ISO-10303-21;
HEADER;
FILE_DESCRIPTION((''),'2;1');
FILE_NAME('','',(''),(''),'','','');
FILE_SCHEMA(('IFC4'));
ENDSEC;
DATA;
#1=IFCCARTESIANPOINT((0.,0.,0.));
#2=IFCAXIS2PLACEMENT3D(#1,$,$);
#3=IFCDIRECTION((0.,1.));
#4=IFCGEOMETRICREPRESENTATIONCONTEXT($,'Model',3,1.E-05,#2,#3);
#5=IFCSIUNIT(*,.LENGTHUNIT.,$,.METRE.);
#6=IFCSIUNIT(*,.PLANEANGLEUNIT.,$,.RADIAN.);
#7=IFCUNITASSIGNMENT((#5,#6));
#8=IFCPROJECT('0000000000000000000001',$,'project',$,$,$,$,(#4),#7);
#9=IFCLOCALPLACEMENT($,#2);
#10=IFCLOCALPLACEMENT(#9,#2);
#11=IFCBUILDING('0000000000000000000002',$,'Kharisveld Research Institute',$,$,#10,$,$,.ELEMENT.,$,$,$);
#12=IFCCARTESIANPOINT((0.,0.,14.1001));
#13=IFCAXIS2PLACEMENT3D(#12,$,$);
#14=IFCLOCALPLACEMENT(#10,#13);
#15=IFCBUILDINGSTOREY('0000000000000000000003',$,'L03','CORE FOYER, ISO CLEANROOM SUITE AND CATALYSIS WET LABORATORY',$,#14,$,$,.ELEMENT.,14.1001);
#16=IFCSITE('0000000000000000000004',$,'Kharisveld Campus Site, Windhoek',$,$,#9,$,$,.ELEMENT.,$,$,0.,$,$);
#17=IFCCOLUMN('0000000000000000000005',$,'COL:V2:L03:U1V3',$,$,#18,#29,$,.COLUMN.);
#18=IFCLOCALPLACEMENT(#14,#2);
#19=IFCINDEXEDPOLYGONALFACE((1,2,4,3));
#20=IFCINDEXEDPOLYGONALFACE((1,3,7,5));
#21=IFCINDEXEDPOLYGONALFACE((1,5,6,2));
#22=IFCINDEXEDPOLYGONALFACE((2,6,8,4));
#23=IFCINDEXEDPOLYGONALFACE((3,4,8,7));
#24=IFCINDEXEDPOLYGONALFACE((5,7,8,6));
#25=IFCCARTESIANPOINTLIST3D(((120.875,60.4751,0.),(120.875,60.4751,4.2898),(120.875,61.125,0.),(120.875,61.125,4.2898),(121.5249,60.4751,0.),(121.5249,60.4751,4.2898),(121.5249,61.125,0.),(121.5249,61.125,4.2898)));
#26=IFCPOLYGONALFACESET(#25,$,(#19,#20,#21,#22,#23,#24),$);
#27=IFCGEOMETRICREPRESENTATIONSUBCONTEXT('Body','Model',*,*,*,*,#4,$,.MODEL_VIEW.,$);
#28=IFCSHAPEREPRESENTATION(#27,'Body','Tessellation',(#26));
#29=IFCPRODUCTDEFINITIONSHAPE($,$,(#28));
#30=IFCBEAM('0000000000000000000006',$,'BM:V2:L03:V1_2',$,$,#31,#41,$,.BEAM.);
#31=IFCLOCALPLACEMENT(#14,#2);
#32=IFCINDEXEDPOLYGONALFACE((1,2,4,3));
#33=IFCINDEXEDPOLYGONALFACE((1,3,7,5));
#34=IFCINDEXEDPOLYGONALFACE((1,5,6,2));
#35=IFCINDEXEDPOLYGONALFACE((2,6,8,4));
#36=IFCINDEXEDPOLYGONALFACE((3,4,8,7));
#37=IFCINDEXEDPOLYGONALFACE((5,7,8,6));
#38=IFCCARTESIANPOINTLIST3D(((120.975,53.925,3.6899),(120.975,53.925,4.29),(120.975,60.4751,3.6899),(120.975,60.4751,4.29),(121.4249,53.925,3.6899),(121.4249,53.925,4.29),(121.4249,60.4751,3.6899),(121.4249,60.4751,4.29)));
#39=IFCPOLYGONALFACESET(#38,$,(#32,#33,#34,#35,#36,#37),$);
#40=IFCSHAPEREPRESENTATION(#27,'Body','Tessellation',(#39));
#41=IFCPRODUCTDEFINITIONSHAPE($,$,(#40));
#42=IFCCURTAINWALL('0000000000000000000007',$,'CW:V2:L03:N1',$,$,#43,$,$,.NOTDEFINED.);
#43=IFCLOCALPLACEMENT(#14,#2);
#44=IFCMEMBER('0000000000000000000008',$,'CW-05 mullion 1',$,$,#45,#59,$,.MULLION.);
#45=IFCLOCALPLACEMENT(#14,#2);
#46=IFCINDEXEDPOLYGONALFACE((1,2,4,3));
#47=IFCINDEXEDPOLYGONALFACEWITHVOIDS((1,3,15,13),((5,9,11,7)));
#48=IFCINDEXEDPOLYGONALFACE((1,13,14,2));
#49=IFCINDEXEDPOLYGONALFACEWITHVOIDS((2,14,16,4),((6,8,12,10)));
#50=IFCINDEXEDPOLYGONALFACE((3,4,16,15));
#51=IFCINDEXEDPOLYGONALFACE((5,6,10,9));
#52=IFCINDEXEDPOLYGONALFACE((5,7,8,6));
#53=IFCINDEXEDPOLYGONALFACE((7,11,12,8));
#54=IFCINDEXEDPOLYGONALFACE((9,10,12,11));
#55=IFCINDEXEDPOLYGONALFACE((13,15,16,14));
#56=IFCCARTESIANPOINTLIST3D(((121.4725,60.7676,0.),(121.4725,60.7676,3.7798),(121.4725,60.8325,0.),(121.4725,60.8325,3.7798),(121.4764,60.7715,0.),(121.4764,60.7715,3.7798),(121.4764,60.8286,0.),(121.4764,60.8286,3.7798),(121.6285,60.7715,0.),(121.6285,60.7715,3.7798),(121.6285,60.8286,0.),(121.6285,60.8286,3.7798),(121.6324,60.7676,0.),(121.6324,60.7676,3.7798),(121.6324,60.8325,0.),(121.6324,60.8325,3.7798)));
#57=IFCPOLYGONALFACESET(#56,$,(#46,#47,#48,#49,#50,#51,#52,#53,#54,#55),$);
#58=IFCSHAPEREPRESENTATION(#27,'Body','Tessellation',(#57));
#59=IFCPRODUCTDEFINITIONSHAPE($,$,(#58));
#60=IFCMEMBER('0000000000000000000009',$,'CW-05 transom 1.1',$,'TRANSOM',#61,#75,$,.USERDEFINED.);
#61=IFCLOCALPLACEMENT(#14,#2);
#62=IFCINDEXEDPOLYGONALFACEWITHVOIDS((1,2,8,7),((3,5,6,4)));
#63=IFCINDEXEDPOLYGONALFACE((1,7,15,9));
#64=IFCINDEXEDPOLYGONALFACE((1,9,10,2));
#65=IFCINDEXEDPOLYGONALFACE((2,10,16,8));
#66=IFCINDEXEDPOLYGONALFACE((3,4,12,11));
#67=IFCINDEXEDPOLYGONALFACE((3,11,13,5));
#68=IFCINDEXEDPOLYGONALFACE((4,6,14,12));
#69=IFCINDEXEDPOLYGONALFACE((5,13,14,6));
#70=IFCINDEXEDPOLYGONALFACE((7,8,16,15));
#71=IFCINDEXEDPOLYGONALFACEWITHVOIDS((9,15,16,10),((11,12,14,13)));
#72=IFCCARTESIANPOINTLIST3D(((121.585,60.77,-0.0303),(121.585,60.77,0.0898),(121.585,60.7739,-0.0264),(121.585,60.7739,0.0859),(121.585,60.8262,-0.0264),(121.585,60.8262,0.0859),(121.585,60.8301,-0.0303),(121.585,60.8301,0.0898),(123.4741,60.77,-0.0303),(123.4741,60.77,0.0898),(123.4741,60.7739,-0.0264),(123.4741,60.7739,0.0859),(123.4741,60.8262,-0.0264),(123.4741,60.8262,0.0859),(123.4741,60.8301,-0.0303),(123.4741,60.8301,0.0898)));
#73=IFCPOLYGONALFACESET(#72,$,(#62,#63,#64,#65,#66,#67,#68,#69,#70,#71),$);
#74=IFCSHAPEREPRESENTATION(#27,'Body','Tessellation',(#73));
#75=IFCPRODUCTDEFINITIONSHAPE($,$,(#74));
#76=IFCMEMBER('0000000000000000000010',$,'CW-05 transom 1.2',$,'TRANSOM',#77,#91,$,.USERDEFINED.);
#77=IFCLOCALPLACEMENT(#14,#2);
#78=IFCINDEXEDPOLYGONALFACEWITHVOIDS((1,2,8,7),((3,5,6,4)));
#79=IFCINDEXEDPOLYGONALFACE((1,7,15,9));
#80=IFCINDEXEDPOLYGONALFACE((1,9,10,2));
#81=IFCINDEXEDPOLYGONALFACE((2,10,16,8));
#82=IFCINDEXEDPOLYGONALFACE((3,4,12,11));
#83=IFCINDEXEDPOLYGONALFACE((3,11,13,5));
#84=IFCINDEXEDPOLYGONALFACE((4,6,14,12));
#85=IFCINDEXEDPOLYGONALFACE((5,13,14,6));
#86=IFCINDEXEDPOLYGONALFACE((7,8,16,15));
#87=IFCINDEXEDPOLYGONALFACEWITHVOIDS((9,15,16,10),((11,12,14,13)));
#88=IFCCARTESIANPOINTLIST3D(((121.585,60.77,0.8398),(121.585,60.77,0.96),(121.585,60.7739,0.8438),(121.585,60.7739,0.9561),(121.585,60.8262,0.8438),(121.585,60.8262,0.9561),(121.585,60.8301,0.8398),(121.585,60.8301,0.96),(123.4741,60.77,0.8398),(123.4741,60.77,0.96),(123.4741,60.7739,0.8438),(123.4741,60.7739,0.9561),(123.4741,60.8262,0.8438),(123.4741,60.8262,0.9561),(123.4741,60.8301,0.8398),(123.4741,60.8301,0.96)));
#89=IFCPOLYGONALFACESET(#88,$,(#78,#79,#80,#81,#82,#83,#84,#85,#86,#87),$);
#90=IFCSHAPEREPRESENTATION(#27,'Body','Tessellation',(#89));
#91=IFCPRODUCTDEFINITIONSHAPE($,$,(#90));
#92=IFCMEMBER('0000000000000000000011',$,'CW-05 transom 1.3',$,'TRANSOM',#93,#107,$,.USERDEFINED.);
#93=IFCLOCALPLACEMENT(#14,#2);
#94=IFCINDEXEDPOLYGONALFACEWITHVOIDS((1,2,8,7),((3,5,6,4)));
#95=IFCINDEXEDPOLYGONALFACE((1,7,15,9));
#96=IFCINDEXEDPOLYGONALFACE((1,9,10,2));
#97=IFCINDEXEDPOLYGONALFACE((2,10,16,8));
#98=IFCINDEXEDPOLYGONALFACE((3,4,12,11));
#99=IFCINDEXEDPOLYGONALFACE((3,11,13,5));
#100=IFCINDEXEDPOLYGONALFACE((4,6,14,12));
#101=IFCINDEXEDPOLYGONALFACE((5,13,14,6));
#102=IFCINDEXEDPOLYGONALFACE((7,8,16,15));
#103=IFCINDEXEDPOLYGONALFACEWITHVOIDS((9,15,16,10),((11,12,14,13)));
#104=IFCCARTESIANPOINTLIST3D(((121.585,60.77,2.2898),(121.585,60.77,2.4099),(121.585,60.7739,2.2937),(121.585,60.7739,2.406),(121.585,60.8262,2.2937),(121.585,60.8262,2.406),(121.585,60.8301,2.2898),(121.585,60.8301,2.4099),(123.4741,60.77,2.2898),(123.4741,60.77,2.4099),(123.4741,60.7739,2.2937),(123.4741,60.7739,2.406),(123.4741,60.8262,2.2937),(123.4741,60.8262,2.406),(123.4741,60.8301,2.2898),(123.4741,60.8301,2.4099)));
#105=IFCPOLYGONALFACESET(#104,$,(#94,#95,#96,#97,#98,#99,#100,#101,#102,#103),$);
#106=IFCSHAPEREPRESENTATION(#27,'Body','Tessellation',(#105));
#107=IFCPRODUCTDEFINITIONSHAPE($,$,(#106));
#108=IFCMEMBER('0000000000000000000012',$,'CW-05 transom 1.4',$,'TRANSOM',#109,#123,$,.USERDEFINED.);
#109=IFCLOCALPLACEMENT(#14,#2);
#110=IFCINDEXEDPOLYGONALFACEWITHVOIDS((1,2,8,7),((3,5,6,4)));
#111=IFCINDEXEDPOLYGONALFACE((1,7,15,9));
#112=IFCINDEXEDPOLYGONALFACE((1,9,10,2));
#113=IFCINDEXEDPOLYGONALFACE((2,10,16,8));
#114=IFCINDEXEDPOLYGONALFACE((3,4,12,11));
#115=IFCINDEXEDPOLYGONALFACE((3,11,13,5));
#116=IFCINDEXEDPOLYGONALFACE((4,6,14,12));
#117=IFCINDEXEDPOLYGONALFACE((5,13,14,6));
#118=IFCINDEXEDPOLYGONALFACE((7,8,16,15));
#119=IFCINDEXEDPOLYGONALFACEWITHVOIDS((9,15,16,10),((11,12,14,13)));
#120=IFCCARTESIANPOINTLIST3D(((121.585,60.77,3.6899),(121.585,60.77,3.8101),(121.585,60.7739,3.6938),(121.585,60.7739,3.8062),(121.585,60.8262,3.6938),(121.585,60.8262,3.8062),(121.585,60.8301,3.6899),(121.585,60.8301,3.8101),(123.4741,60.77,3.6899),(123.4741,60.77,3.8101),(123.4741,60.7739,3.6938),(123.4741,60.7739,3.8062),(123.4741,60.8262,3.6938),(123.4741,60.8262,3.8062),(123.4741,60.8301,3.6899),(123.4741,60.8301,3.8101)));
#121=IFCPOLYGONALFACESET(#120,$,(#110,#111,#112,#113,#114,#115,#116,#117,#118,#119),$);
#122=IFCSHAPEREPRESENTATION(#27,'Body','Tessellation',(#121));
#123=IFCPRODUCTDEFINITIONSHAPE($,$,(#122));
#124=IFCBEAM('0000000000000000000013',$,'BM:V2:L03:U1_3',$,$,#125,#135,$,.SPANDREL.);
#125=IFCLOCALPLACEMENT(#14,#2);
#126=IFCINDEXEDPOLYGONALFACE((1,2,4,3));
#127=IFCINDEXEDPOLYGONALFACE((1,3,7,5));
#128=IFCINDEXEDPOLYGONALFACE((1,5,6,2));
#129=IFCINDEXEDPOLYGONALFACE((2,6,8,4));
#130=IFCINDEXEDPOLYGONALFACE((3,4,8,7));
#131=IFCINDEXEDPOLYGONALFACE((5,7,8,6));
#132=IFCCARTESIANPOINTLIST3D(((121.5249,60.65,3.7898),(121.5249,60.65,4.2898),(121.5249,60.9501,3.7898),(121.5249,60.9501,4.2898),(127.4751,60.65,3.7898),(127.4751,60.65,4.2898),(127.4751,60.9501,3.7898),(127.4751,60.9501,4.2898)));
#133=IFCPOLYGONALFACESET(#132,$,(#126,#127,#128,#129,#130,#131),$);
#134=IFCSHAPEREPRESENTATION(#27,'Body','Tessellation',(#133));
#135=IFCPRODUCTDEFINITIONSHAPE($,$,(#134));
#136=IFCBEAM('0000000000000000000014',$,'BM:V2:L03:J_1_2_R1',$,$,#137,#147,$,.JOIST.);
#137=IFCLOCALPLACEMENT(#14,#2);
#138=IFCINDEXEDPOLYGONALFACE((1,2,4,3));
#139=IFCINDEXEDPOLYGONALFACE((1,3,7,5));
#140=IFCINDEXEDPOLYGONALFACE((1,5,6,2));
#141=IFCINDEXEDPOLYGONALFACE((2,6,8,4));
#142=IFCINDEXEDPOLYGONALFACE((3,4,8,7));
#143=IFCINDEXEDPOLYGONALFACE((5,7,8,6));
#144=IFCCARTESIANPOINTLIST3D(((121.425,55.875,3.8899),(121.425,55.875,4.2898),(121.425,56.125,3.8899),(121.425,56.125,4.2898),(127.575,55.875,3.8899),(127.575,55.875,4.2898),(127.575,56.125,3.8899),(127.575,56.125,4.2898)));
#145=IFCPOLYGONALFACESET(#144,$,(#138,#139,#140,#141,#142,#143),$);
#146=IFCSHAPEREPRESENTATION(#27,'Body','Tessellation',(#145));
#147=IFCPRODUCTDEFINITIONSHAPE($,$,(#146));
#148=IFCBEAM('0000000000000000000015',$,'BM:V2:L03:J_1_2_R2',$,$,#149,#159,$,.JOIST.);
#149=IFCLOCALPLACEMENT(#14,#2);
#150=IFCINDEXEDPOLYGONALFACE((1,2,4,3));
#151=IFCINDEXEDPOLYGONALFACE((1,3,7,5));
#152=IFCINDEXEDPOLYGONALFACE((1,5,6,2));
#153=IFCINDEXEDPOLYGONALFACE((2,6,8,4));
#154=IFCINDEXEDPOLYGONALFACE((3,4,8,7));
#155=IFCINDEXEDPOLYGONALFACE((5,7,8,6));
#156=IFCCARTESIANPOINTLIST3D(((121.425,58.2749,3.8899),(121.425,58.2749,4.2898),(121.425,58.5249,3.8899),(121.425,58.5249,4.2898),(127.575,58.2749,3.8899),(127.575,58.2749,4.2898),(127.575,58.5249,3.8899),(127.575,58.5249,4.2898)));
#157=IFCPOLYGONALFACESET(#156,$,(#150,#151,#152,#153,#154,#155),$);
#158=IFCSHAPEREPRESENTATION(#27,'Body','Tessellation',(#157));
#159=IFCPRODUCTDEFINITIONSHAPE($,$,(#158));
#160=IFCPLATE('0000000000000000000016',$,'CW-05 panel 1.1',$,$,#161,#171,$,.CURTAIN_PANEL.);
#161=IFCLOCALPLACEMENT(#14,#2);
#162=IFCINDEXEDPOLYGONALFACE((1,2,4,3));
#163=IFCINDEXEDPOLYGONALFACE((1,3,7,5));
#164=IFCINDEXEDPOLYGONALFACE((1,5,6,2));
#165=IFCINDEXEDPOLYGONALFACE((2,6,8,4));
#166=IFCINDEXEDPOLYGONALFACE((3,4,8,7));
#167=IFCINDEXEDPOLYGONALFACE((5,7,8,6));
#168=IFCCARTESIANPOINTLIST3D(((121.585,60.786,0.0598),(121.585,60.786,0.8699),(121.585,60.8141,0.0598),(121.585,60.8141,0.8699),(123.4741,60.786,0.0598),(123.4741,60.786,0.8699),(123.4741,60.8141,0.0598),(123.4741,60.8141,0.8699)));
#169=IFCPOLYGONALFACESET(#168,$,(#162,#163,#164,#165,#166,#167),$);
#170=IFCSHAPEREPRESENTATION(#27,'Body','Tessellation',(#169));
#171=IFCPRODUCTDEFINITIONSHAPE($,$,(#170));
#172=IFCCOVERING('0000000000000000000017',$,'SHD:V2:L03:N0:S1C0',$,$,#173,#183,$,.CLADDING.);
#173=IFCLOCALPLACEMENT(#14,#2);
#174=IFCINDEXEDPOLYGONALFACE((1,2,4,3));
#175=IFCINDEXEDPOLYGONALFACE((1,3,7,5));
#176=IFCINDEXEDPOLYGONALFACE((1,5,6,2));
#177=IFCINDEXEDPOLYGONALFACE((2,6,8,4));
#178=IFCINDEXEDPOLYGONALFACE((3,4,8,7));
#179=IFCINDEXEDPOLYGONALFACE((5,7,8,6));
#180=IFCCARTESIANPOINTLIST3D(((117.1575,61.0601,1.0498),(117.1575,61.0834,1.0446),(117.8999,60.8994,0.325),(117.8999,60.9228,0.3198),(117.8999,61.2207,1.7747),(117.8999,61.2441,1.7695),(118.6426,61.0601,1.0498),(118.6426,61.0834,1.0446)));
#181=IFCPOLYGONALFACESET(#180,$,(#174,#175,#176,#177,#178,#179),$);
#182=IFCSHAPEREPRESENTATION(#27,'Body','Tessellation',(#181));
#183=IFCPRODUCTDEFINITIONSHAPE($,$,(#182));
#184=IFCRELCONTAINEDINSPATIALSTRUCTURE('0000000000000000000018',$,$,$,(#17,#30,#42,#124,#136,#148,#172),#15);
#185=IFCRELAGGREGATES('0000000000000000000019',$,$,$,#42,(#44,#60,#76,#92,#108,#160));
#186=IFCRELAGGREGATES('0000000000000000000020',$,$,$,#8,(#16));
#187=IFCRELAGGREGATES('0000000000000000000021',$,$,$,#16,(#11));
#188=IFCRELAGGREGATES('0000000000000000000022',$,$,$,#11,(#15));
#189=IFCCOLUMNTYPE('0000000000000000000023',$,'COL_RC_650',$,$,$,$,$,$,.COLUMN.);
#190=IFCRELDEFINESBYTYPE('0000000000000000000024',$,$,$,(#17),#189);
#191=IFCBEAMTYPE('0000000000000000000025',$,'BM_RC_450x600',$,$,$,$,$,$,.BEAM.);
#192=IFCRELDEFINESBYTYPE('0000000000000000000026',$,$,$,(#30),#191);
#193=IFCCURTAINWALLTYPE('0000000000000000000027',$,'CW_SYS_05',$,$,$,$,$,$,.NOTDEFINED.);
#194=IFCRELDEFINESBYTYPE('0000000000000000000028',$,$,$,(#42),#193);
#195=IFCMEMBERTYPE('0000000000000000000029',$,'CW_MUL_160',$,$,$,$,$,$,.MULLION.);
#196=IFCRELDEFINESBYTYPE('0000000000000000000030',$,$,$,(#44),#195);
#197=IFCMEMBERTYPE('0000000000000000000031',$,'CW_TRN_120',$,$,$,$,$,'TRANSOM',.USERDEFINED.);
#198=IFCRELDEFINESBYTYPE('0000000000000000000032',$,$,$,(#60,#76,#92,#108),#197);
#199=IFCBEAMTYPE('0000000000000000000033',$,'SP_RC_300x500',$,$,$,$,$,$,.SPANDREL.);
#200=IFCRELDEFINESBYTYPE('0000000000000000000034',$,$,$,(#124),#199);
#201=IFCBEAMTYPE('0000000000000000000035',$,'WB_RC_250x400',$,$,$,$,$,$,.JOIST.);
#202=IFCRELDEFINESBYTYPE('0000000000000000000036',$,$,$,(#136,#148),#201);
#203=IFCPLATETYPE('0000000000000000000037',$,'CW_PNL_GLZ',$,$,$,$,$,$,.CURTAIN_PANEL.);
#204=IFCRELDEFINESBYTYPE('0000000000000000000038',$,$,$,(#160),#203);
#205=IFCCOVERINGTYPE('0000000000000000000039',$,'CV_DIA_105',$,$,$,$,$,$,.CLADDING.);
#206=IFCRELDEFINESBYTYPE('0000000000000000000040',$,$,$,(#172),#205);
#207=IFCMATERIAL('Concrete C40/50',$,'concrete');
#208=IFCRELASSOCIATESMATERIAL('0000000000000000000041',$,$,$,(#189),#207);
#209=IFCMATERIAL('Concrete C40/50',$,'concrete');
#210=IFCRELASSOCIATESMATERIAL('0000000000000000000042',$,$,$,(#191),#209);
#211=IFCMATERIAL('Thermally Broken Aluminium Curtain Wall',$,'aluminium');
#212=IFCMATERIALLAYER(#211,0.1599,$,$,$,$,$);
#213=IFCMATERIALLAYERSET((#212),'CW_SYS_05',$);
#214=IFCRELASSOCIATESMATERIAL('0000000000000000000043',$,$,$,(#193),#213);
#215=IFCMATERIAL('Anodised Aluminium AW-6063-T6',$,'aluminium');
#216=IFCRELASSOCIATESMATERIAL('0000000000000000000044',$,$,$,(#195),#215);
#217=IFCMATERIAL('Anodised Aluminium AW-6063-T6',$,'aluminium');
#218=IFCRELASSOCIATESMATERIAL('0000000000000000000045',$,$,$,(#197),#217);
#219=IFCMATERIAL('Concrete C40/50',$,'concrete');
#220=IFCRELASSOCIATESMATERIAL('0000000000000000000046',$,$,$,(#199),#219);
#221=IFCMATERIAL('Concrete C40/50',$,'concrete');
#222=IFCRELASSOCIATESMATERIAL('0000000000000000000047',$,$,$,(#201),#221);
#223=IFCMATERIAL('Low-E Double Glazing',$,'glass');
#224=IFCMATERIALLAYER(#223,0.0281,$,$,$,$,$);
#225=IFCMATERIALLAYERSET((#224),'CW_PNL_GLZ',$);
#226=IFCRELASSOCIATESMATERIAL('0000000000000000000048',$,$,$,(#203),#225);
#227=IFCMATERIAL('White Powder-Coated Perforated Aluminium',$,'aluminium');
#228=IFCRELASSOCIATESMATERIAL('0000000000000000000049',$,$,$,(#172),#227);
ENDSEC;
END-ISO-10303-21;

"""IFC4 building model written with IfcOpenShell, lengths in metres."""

from ifc_helpers import new_model, si_unit, direction, frame, origin, origin_2d, place, context, subcontext, project, spatial, polyline, rectangle, hollow_rectangle, outline, extrude, material, layer, layer_set, material_profile, profile_set, type_object, element, aggregate, save


model = new_model("IFC4")

# Units and contexts
model_context = context("Model", 3, precision=1e-05, world=origin(), true_north=direction((0.0, 1.0)))
body_context = subcontext(model_context, "Body", "Model", "MODEL_VIEW")
ifc_project = project(units=[si_unit("LENGTHUNIT", "METRE"), si_unit("PLANEANGLEUNIT", "RADIAN")], contexts=[model_context])

# Site, building, storey
site_placement = place(None, origin())
site = spatial("IfcSite", under=ifc_project, at=site_placement, Name="Kharisveld Campus Site, Windhoek", CompositionType="ELEMENT", RefElevation=0.0)
building_placement = place(site_placement, origin())
building = spatial("IfcBuilding", under=site, at=building_placement, Name="Kharisveld Research Institute", CompositionType="ELEMENT")
storey_placement = place(building_placement, frame((0.0, 0.0, 14.1001)))
storey = spatial("IfcBuildingStorey", under=building, at=storey_placement, Name="L03", Description="CORE FOYER, ISO CLEANROOM SUITE AND CATALYSIS WET LABORATORY", CompositionType="ELEMENT", Elevation=14.1001)

# Column
ifc_material_1 = material(Name="Concrete C40/50", Category="concrete")
ifc_material_profile_1 = material_profile(ifc_material_1, rectangle(XDim=0.6499, YDim=0.6499, at=origin_2d()))
ifc_profile_set_1 = profile_set([ifc_material_profile_1], Name="Concrete C40/50")
column_type = type_object("IfcColumnType", Name="COL_RC_650", PredefinedType="COLUMN", material=ifc_profile_set_1)
column_placement = place(storey_placement, frame((121.2, 60.8, 0.0), z_axis=(0.0, 0.0, 1.0), x_axis=(1.0, 0.0, 0.0)))
element("IfcColumn", 1, at=column_placement, inside=storey, type_object=column_type, Name="COL:V2:L03:U1V3", PredefinedType="COLUMN", context=body_context, shape_type="SweptSolid", body=[
    extrude(rectangle(XDim=0.6499, YDim=0.6499, at=origin_2d()), origin(), (0.0, 0.0, 1.0), 4.2898),
])

# Beam
ifc_material_2 = material(Name="Concrete C40/50", Category="concrete")
ifc_material_profile_2 = material_profile(ifc_material_2, rectangle(XDim=0.45, YDim=0.6001, at=origin_2d()))
ifc_profile_set_2 = profile_set([ifc_material_profile_2], Name="Concrete C40/50")
beam_type_1 = type_object("IfcBeamType", Name="BM_RC_450x600", PredefinedType="BEAM", material=ifc_profile_set_2)
beam_1_placement = place(storey_placement, frame((121.2, 53.925, 3.99), z_axis=(0.0, 1.0, 0.0), x_axis=(-1.0, 0.0, 0.0)))
element("IfcBeam", 2, at=beam_1_placement, inside=storey, type_object=beam_type_1, Name="BM:V2:L03:V1_2", PredefinedType="BEAM", context=body_context, shape_type="SweptSolid", body=[
    extrude(rectangle(XDim=0.45, YDim=0.6001, at=origin_2d()), origin(), (0.0, 0.0, 1.0), 6.55),
])

# Curtain wall, members
ifc_material_3 = material(Name="Thermally Broken Aluminium Curtain Wall", Category="aluminium")
ifc_layer_1 = layer(ifc_material_3, 0.1599)
ifc_layer_set_1 = layer_set([ifc_layer_1], Name="CW_SYS_05")
curtain_wall_type = type_object("IfcCurtainWallType", Name="CW_SYS_05", PredefinedType="NOTDEFINED", material=ifc_layer_set_1)
curtain_wall_placement = place(storey_placement, origin())
curtain_wall = element("IfcCurtainWall", 3, at=curtain_wall_placement, inside=storey, type_object=curtain_wall_type, Name="CW:V2:L03:N1", PredefinedType="NOTDEFINED")
ifc_material_4 = material(Name="Anodised Aluminium AW-6063-T6", Category="aluminium")
ifc_material_profile_3 = material_profile(ifc_material_4, hollow_rectangle(XDim=0.0649, YDim=0.1599, WallThickness=0.0039, at=origin_2d()))
ifc_profile_set_3 = profile_set([ifc_material_profile_3], Name="Anodised Aluminium AW-6063-T6")
member_type_1 = type_object("IfcMemberType", Name="CW_MUL_160", PredefinedType="MULLION", material=ifc_profile_set_3)
member_1_placement = place(storey_placement, frame((121.5525, 60.8, 0.0), z_axis=(0.0, 0.0, 1.0), x_axis=(0.0, 1.0, 0.0)))
member_1 = element("IfcMember", 4, at=member_1_placement, type_object=member_type_1, Name="CW-05 mullion 1", PredefinedType="MULLION", context=body_context, shape_type="SweptSolid", body=[
    extrude(hollow_rectangle(XDim=0.0649, YDim=0.1599, WallThickness=0.0039, at=origin_2d()), origin(), (0.0, 0.0, 1.0), 3.7798),
])
ifc_material_5 = material(Name="Anodised Aluminium AW-6063-T6", Category="aluminium")
ifc_material_profile_4 = material_profile(ifc_material_5, hollow_rectangle(XDim=0.0601, YDim=0.1201, WallThickness=0.0039, at=origin_2d()))
ifc_profile_set_4 = profile_set([ifc_material_profile_4], Name="Anodised Aluminium AW-6063-T6")
member_type_2 = type_object("IfcMemberType", Name="CW_TRN_120", ElementType="TRANSOM", PredefinedType="USERDEFINED", material=ifc_profile_set_4)
member_2_placement = place(storey_placement, frame((121.585, 60.8, 0.0298), z_axis=(1.0, 0.0, 0.0), x_axis=(0.0, 1.0, 0.0)))
member_2 = element("IfcMember", 5, at=member_2_placement, type_object=member_type_2, Name="CW-05 transom 1.1", ObjectType="TRANSOM", PredefinedType="USERDEFINED", context=body_context, shape_type="SweptSolid", body=[
    extrude(hollow_rectangle(XDim=0.0601, YDim=0.1201, WallThickness=0.0039, at=origin_2d()), origin(), (0.0, 0.0, 1.0), 1.8892),
])
member_3_placement = place(storey_placement, frame((121.585, 60.8, 0.8999), z_axis=(1.0, 0.0, 0.0), x_axis=(0.0, 1.0, 0.0)))
member_3 = element("IfcMember", 6, at=member_3_placement, type_object=member_type_2, Name="CW-05 transom 1.2", ObjectType="TRANSOM", PredefinedType="USERDEFINED", context=body_context, shape_type="SweptSolid", body=[
    extrude(hollow_rectangle(XDim=0.0601, YDim=0.1201, WallThickness=0.0039, at=origin_2d()), origin(), (0.0, 0.0, 1.0), 1.8892),
])
member_4_placement = place(storey_placement, frame((121.585, 60.8, 2.3499), z_axis=(1.0, 0.0, 0.0), x_axis=(0.0, 1.0, 0.0)))
member_4 = element("IfcMember", 7, at=member_4_placement, type_object=member_type_2, Name="CW-05 transom 1.3", ObjectType="TRANSOM", PredefinedType="USERDEFINED", context=body_context, shape_type="SweptSolid", body=[
    extrude(hollow_rectangle(XDim=0.0601, YDim=0.1201, WallThickness=0.0039, at=origin_2d()), origin(), (0.0, 0.0, 1.0), 1.8892),
])
member_5_placement = place(storey_placement, frame((121.585, 60.8, 3.75), z_axis=(1.0, 0.0, 0.0), x_axis=(0.0, 1.0, 0.0)))
member_5 = element("IfcMember", 8, at=member_5_placement, type_object=member_type_2, Name="CW-05 transom 1.4", ObjectType="TRANSOM", PredefinedType="USERDEFINED", context=body_context, shape_type="SweptSolid", body=[
    extrude(hollow_rectangle(XDim=0.0601, YDim=0.1201, WallThickness=0.0039, at=origin_2d()), origin(), (0.0, 0.0, 1.0), 1.8892),
])

# Beams
ifc_material_6 = material(Name="Concrete C40/50", Category="concrete")
ifc_material_profile_5 = material_profile(ifc_material_6, rectangle(XDim=0.3, YDim=0.5, at=origin_2d()))
ifc_profile_set_5 = profile_set([ifc_material_profile_5], Name="Concrete C40/50")
beam_type_2 = type_object("IfcBeamType", Name="SP_RC_300x500", PredefinedType="SPANDREL", material=ifc_profile_set_5)
beam_2_placement = place(storey_placement, frame((121.5249, 60.8, 4.0398), z_axis=(1.0, 0.0, 0.0), x_axis=(0.0, 1.0, 0.0)))
element("IfcBeam", 9, at=beam_2_placement, inside=storey, type_object=beam_type_2, Name="BM:V2:L03:U1_3", PredefinedType="SPANDREL", context=body_context, shape_type="SweptSolid", body=[
    extrude(rectangle(XDim=0.3, YDim=0.5, at=origin_2d()), origin(), (0.0, 0.0, 1.0), 5.9502),
])
ifc_material_7 = material(Name="Concrete C40/50", Category="concrete")
ifc_material_profile_6 = material_profile(ifc_material_7, rectangle(XDim=0.25, YDim=0.3999, at=origin_2d()))
ifc_profile_set_6 = profile_set([ifc_material_profile_6], Name="Concrete C40/50")
beam_type_3 = type_object("IfcBeamType", Name="WB_RC_250x400", PredefinedType="JOIST", material=ifc_profile_set_6)
for number, where, z_axis, x_axis, name in (
    (10, (121.425, 56.0, 4.0898), (1.0, 0.0, 0.0), (0.0, 1.0, 0.0), "BM:V2:L03:J_1_2_R1"),
    (11, (121.425, 58.3999, 4.0898), (1.0, 0.0, 0.0), (0.0, 1.0, 0.0), "BM:V2:L03:J_1_2_R2"),
):
    element("IfcBeam", number, at=place(storey_placement, frame(where, z_axis=z_axis, x_axis=x_axis)), inside=storey, type_object=beam_type_3, Name=name, PredefinedType="JOIST", context=body_context, shape_type="SweptSolid", body=[
        extrude(rectangle(XDim=0.25, YDim=0.3999, at=origin_2d()), origin(), (0.0, 0.0, 1.0), 6.1499),
    ])

# Plate
ifc_material_8 = material(Name="Low-E Double Glazing", Category="glass")
ifc_layer_2 = layer(ifc_material_8, 0.0281)
ifc_layer_set_2 = layer_set([ifc_layer_2], Name="CW_PNL_GLZ")
plate_type = type_object("IfcPlateType", Name="CW_PNL_GLZ", PredefinedType="CURTAIN_PANEL", material=ifc_layer_set_2)
plate_placement = place(storey_placement, frame((122.5295, 60.8, 0.0598), z_axis=(0.0, 0.0, 1.0), x_axis=(1.0, 0.0, 0.0)))
plate = element("IfcPlate", 12, at=plate_placement, type_object=plate_type, Name="CW-05 panel 1.1", PredefinedType="CURTAIN_PANEL", context=body_context, shape_type="SweptSolid", body=[
    extrude(rectangle(XDim=1.8892, YDim=0.0281, at=origin_2d()), origin(), (0.0, 0.0, 1.0), 0.8101),
])
aggregate(curtain_wall, [member_1, member_2, member_3, member_4, member_5, plate])

# Covering
ifc_material_9 = material(Name="White Powder-Coated Perforated Aluminium", Category="aluminium")
covering_type = type_object("IfcCoveringType", Name="CV_DIA_105", PredefinedType="CLADDING")
for number, where, z_axis, x_axis, name in (
    (13, (117.8999, 60.8994, 0.325), (0.0, -0.976311, 0.216373), (0.707218, 0.152975, 0.690247), "SHD:V2:L03:N0:S1C0"),
):
    element("IfcCovering", number, at=place(storey_placement, frame(where, z_axis=z_axis, x_axis=x_axis)), inside=storey, type_object=covering_type, material=ifc_material_9, Name=name, PredefinedType="CLADDING", context=body_context, shape_type="SweptSolid", body=[
        extrude(outline(polyline([(0.0, 0.0), (1.0501, 0.0), (1.0498, 1.0501), (-0.0002, 1.05), (0.0, 0.0)])), origin(), (0.0, 0.0, -1.0), 0.0239),
    ])

save(model, "model.ifc")
